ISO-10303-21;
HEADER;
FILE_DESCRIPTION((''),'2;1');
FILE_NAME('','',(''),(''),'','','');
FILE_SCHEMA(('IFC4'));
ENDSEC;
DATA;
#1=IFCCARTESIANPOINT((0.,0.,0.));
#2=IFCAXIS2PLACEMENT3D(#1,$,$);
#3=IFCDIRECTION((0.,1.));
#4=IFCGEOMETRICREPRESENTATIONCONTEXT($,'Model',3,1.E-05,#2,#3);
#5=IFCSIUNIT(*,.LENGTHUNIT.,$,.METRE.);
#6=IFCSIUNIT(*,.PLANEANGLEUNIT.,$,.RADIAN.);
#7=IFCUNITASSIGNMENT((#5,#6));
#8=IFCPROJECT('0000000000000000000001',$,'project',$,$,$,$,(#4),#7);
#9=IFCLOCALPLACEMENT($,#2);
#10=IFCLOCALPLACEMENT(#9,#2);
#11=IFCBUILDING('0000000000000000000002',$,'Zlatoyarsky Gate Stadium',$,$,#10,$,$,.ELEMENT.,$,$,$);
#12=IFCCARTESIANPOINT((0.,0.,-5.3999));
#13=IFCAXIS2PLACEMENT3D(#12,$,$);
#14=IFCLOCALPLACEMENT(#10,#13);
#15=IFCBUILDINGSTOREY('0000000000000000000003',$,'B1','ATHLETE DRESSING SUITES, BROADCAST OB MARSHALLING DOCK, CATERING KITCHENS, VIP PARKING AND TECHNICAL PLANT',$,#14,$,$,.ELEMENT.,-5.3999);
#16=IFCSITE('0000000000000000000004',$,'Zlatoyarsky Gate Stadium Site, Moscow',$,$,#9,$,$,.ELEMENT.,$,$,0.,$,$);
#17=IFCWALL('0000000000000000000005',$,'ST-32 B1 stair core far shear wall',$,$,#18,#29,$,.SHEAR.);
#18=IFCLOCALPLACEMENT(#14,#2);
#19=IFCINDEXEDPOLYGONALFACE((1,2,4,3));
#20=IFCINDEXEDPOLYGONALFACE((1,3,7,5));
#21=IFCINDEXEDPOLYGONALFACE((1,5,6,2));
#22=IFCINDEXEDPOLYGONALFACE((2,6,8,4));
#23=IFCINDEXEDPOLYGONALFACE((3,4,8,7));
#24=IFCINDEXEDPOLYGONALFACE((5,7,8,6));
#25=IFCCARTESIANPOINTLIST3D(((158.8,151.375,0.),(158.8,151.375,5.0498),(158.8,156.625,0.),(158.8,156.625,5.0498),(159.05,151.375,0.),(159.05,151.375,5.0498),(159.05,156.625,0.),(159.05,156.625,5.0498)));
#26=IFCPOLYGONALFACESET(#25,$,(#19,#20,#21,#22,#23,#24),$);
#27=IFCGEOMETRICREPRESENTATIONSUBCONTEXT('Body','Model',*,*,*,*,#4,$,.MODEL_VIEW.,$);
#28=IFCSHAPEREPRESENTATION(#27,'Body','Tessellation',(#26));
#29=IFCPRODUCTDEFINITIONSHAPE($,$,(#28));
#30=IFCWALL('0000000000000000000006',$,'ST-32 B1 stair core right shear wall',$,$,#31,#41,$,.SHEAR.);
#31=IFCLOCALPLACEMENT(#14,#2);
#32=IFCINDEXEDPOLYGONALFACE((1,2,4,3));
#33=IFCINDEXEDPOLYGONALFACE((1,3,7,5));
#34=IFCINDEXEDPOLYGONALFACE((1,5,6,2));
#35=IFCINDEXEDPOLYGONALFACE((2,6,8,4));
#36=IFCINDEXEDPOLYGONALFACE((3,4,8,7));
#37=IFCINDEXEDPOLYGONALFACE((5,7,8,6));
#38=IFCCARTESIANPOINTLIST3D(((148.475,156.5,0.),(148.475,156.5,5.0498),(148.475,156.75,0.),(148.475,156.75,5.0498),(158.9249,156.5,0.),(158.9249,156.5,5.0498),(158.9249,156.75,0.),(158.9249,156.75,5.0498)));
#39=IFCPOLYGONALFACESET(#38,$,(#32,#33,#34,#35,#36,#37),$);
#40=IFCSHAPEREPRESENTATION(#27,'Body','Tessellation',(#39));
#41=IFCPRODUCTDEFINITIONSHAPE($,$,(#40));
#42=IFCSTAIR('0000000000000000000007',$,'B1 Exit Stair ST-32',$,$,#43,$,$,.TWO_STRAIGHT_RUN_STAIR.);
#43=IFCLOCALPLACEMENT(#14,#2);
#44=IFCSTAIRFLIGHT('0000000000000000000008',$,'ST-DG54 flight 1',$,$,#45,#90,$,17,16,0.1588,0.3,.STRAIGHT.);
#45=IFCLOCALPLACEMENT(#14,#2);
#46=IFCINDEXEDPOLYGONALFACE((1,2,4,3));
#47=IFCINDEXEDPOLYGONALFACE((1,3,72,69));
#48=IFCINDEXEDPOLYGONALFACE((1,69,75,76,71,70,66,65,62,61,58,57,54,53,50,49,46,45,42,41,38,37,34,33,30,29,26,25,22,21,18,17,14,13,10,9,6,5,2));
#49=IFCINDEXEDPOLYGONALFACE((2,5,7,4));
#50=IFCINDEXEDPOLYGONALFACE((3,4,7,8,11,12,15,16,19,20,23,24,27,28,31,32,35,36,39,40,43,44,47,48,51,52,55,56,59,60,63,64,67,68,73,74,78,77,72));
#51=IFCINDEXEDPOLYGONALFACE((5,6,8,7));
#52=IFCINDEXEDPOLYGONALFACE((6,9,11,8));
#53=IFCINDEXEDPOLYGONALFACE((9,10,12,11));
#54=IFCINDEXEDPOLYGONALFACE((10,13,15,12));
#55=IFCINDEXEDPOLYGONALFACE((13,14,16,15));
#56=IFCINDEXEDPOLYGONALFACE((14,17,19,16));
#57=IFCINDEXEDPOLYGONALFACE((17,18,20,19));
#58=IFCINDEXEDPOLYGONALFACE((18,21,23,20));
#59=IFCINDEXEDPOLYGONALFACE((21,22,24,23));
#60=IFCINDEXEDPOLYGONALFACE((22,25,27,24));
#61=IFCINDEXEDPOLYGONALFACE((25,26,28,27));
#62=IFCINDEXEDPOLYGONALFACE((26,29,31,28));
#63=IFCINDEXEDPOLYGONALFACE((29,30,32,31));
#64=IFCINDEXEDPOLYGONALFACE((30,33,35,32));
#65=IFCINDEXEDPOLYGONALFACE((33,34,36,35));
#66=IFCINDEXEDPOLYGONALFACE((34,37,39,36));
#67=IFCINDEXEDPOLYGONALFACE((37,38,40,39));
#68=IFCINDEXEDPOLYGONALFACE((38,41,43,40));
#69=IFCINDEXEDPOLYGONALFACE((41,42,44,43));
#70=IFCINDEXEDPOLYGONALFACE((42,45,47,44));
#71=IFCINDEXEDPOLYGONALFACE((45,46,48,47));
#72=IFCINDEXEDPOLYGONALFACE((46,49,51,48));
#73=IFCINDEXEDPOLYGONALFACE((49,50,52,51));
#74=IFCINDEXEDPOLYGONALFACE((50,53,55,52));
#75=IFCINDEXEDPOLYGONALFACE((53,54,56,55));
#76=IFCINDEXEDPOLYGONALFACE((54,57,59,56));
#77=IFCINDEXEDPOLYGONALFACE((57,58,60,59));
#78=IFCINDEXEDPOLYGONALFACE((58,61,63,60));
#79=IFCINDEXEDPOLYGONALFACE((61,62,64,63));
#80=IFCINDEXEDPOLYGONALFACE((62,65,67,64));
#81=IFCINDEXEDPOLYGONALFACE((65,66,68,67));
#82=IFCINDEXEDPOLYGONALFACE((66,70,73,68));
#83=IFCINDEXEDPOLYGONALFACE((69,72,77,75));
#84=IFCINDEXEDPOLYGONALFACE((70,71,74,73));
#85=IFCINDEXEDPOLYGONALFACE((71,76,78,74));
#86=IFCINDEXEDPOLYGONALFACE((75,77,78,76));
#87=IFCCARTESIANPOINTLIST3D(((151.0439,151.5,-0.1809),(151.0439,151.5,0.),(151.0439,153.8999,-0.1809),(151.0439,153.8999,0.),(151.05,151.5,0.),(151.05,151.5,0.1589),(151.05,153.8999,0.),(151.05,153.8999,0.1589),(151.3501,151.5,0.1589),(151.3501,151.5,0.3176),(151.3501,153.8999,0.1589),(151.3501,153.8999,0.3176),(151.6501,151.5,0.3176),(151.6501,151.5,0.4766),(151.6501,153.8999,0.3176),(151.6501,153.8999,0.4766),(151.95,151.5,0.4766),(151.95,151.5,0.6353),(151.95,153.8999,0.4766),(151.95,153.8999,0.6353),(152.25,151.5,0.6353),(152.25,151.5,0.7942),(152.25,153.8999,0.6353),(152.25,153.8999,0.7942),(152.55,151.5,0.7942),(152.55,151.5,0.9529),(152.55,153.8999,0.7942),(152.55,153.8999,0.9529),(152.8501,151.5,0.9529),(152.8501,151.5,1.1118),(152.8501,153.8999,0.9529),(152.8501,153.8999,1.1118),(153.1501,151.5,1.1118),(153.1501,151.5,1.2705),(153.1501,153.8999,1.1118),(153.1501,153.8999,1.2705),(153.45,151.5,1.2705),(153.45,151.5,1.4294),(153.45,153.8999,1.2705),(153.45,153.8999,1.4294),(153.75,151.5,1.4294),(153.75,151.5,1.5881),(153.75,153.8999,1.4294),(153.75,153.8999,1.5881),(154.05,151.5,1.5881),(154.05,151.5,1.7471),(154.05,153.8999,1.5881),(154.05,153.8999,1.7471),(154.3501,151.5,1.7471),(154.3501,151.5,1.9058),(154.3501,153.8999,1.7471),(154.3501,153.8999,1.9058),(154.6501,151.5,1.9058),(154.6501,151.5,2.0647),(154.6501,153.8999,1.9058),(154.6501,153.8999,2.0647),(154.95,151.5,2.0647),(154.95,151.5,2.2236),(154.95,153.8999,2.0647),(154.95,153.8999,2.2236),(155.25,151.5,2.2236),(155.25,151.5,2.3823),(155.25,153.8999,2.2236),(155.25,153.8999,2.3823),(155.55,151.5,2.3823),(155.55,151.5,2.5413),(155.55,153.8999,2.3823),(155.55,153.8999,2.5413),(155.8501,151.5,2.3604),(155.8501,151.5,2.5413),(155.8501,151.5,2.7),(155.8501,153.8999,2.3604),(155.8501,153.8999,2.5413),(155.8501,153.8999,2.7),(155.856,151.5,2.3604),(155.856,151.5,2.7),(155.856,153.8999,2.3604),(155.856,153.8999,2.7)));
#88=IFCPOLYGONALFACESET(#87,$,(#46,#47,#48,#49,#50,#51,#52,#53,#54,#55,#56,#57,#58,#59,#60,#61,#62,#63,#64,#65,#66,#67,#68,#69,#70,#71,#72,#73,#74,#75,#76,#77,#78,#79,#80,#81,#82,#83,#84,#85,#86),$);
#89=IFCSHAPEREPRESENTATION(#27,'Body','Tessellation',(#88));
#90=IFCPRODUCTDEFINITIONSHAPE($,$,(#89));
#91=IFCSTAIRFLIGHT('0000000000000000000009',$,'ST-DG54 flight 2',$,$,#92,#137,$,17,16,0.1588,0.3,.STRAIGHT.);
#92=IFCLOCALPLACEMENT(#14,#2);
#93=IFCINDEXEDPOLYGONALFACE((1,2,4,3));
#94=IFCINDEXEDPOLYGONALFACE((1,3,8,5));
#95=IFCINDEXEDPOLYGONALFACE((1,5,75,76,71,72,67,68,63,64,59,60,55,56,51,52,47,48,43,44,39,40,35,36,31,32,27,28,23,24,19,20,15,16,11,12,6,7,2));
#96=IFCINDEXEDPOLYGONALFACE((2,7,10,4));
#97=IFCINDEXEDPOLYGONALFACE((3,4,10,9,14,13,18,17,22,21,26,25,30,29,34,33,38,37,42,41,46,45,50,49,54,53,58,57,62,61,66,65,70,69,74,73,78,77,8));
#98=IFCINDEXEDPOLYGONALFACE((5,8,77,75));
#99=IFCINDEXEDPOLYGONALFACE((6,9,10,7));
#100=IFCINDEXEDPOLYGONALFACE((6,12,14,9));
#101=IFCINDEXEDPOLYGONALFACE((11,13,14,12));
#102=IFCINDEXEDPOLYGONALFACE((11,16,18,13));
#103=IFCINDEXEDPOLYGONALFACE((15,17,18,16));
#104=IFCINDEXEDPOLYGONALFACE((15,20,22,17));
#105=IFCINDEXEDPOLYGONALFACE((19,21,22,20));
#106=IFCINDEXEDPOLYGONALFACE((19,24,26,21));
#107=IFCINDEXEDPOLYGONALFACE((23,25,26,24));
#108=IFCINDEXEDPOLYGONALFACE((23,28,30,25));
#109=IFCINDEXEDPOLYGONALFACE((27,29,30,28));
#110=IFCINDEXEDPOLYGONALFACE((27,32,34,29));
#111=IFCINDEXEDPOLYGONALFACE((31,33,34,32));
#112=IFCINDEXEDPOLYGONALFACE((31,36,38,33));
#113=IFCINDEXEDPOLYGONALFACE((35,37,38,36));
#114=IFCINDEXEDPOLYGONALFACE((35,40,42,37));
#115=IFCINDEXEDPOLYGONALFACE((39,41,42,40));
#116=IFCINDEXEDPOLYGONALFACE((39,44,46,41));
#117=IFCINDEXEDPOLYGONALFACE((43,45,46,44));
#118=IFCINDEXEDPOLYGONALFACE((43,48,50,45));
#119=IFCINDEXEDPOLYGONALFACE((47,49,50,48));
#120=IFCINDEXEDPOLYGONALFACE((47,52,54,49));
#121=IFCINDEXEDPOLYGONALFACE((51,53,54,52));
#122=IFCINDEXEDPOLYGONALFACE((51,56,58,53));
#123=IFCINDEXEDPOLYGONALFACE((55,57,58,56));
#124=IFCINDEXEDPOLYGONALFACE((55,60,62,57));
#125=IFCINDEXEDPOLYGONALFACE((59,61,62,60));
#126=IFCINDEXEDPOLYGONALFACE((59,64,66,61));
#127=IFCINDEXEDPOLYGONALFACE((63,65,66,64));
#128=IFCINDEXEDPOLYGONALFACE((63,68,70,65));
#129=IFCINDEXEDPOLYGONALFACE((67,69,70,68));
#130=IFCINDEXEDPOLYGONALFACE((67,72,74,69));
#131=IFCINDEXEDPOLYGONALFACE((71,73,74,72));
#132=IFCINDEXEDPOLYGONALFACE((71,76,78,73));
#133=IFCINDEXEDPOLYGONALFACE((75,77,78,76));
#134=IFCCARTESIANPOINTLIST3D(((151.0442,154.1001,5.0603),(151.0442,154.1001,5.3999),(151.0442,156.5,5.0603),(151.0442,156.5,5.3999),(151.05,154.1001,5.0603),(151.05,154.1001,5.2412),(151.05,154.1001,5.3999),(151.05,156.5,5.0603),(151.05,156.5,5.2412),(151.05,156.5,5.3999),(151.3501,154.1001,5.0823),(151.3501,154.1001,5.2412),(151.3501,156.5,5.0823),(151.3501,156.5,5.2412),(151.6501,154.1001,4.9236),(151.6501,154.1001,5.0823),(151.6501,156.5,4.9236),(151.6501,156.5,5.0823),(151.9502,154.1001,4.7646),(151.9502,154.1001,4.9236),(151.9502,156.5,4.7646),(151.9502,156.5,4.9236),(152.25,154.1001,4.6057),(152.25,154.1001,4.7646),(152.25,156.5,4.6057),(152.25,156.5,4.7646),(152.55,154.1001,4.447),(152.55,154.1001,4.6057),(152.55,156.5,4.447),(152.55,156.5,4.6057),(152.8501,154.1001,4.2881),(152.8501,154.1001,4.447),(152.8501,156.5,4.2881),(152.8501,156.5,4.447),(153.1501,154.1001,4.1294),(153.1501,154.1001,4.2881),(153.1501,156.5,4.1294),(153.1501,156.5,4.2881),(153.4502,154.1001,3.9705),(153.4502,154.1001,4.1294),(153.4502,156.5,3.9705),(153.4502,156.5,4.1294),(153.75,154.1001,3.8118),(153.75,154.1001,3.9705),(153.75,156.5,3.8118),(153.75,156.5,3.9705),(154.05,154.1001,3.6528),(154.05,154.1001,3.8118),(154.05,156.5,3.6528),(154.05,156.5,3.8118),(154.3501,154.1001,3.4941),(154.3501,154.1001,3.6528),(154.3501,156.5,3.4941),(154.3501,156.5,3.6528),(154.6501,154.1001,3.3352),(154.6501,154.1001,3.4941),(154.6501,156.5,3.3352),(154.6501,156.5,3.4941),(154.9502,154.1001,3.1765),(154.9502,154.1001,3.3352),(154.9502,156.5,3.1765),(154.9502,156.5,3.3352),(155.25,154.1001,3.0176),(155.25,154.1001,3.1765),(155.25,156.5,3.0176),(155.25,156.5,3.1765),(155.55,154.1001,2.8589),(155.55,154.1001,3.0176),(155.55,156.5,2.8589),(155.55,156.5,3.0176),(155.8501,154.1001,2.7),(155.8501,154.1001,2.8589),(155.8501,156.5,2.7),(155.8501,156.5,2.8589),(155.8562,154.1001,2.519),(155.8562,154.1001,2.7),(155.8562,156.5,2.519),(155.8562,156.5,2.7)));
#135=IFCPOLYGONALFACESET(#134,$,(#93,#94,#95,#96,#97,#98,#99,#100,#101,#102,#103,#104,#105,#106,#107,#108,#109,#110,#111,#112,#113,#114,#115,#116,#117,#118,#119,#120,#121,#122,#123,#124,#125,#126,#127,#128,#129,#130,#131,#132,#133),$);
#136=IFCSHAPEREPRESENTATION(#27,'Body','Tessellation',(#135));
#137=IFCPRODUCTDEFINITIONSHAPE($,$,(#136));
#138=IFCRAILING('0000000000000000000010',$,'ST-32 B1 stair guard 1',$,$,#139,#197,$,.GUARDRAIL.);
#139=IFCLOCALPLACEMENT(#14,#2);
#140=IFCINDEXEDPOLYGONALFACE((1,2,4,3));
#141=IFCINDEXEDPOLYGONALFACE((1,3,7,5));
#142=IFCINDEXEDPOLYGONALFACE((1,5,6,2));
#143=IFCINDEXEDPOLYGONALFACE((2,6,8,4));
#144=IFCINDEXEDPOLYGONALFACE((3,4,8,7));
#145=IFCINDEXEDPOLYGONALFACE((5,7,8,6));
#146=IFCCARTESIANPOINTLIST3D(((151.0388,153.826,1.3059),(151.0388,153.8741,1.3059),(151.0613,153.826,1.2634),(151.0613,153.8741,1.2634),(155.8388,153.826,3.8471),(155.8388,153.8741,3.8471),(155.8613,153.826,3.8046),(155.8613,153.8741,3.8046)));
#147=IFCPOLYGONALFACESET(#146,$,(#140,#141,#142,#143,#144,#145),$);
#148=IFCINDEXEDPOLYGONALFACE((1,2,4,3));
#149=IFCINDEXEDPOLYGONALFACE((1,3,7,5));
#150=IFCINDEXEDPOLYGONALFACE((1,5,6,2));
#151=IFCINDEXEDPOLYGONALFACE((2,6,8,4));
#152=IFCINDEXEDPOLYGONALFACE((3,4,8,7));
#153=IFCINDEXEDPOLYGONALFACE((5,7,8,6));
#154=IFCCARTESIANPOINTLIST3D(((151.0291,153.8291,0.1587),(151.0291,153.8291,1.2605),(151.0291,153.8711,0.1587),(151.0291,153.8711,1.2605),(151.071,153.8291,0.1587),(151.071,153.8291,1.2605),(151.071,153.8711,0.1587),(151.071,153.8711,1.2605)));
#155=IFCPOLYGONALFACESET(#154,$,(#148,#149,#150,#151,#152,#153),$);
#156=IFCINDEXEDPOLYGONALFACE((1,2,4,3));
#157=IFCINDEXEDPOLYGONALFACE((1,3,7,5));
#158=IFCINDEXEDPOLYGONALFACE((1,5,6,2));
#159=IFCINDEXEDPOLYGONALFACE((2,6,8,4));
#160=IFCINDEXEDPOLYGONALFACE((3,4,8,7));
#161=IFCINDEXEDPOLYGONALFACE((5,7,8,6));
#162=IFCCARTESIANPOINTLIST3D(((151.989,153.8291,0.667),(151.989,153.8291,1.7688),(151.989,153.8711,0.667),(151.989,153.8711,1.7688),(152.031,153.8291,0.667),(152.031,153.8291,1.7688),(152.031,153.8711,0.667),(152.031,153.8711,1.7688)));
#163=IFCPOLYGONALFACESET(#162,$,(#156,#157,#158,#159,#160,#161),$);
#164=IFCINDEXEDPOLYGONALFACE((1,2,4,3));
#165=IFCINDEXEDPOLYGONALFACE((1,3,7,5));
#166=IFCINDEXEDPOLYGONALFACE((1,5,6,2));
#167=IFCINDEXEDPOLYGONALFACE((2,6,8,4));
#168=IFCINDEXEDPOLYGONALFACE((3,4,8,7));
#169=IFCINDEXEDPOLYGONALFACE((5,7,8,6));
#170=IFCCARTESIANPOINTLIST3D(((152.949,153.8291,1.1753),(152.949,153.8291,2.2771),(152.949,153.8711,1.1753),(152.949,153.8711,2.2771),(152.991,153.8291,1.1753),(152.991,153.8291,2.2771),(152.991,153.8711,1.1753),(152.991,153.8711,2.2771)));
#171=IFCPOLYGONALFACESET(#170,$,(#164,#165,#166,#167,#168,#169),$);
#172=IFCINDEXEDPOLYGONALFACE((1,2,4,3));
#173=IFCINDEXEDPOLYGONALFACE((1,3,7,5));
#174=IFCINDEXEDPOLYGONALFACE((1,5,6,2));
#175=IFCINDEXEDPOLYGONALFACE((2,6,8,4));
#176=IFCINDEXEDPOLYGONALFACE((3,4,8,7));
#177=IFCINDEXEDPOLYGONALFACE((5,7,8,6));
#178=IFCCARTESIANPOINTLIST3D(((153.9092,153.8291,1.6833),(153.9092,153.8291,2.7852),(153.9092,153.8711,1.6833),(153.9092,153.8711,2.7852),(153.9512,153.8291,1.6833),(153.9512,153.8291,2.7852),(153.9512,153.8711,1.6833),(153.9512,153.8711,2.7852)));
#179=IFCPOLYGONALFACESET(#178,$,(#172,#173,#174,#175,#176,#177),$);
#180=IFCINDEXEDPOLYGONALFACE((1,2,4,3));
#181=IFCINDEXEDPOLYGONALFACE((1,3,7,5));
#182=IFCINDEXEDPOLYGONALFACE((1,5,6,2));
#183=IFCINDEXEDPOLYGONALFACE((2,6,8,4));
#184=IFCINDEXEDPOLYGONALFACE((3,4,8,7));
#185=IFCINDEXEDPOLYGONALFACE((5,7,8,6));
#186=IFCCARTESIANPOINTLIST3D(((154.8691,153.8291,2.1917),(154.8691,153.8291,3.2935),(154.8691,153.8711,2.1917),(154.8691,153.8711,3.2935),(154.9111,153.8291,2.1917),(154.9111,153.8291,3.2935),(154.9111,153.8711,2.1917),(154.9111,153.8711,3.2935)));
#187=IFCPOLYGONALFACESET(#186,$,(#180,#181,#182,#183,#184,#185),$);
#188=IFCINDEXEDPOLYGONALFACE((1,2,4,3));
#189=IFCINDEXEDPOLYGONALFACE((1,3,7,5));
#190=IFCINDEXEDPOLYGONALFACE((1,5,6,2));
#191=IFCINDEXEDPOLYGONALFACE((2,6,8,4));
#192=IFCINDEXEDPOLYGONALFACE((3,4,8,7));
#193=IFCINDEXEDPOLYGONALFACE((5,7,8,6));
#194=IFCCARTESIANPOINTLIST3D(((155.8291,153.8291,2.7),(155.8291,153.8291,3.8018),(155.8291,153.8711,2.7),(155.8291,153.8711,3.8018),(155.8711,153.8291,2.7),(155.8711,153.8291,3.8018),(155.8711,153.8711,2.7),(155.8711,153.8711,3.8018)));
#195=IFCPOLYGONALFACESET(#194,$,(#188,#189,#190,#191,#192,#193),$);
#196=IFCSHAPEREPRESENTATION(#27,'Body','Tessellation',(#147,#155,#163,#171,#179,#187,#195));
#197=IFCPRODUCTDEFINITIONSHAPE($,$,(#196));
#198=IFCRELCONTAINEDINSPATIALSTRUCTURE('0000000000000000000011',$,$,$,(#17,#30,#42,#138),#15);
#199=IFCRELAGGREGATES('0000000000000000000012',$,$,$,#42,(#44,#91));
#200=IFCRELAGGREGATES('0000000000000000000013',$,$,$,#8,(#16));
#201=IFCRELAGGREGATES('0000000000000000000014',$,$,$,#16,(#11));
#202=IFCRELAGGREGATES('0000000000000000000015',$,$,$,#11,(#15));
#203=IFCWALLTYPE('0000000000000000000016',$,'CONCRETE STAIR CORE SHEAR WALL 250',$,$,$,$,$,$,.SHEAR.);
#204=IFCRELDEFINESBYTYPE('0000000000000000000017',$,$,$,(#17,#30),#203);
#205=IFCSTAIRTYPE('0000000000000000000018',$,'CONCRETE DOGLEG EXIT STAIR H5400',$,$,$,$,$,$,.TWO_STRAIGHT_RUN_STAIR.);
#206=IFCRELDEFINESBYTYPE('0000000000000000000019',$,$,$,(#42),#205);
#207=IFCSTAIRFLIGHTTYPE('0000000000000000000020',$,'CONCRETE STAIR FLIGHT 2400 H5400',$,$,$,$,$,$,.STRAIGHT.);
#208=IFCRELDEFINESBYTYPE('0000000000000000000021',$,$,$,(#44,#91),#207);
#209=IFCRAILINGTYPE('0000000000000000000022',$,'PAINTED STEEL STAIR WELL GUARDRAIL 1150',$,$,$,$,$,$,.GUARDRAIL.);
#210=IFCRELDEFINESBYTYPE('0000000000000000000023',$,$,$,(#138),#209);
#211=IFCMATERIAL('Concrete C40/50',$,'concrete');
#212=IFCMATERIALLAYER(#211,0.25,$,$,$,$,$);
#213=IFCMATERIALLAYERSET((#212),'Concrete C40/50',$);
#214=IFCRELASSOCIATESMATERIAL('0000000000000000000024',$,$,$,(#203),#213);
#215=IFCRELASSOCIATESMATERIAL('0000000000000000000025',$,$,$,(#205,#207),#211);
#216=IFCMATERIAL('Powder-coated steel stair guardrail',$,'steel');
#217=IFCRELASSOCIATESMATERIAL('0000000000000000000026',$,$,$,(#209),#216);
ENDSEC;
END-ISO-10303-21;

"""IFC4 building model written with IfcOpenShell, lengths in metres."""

from ifc_helpers import new_model, si_unit, direction, frame, frame_2d, origin, origin_2d, place, context, subcontext, project, spatial, polyline, rectangle, outline, extrude, material, layer, layer_set, type_object, element, aggregate, save


model = new_model("IFC4")

# Units and contexts
model_context = context("Model", 3, precision=1e-05, world=origin(), true_north=direction((0.0, 1.0)))
body_context = subcontext(model_context, "Body", "Model", "MODEL_VIEW")
ifc_project = project(units=[si_unit("LENGTHUNIT", "METRE"), si_unit("PLANEANGLEUNIT", "RADIAN")], contexts=[model_context])

# Site, building, storey
site_placement = place(None, origin())
site = spatial("IfcSite", under=ifc_project, at=site_placement, Name="Zlatoyarsky Gate Stadium Site, Moscow", CompositionType="ELEMENT", RefElevation=0.0)
building_placement = place(site_placement, origin())
building = spatial("IfcBuilding", under=site, at=building_placement, Name="Zlatoyarsky Gate Stadium", CompositionType="ELEMENT")
storey_placement = place(building_placement, frame((0.0, 0.0, -5.3999)))
storey = spatial("IfcBuildingStorey", under=building, at=storey_placement, Name="B1", Description="ATHLETE DRESSING SUITES, BROADCAST OB MARSHALLING DOCK, CATERING KITCHENS, VIP PARKING AND TECHNICAL PLANT", CompositionType="ELEMENT", Elevation=-5.3999)

# Shared definitions
ifc_material_1 = material(Name="Concrete C40/50", Category="concrete")

# Shared definitions
ifc_layer_1 = layer(ifc_material_1, 0.25)
ifc_layer_set_1 = layer_set([ifc_layer_1], Name="Concrete C40/50")
wall_type_1 = type_object("IfcWallType", Name="CONCRETE STAIR CORE SHEAR WALL 250", PredefinedType="SHEAR", material=ifc_layer_set_1)

# Walls
wall_1_placement = place(storey_placement, frame((158.925, 151.375, 0.0), z_axis=(0.0, 0.0, 1.0), x_axis=(0.0, 1.0, 0.0)))
element("IfcWall", 1, at=wall_1_placement, inside=storey, type_object=wall_type_1, Name="ST-32 B1 stair core far shear wall", PredefinedType="SHEAR", context=body_context, shape_type="SweptSolid", body=[
    extrude(rectangle(XDim=5.25, YDim=0.25, at=frame_2d((2.625, 0.0))), origin(), (0.0, 0.0, 1.0), 5.0498),
])
wall_2_placement = place(storey_placement, frame((158.925, 156.625, 0.0), z_axis=(0.0, 0.0, 1.0), x_axis=(-1.0, 0.0, 0.0)))
element("IfcWall", 2, at=wall_2_placement, inside=storey, type_object=wall_type_1, Name="ST-32 B1 stair core right shear wall", PredefinedType="SHEAR", context=body_context, shape_type="SweptSolid", body=[
    extrude(rectangle(XDim=10.45, YDim=0.25, at=frame_2d((5.2251, 0.0))), origin(), (0.0, 0.0, 1.0), 5.0498),
])

# Stair, stair flights
stair_type = type_object("IfcStairType", Name="CONCRETE DOGLEG EXIT STAIR H5400", PredefinedType="TWO_STRAIGHT_RUN_STAIR", material=ifc_material_1)
stair_placement = place(storey_placement, origin())
stair = element("IfcStair", 3, at=stair_placement, inside=storey, type_object=stair_type, Name="B1 Exit Stair ST-32", PredefinedType="TWO_STRAIGHT_RUN_STAIR")
stair_flight_type = type_object("IfcStairFlightType", Name="CONCRETE STAIR FLIGHT 2400 H5400", PredefinedType="STRAIGHT", material=ifc_material_1)
stair_flight_1_placement = place(storey_placement, frame((151.05, 152.7, 0.0), z_axis=(0.0, 0.0, 1.0), x_axis=(1.0, 0.0, 0.0)))
stair_flight_1 = element("IfcStairFlight", 4, at=stair_flight_1_placement, type_object=stair_flight_type, Name="ST-DG54 flight 1", NumberOfRisers=17, NumberOfTreads=16, PredefinedType="STRAIGHT", RiserHeight=0.1588, TreadLength=0.3, context=body_context, shape_type="SweptSolid", body=[
    extrude(outline(polyline([(-0.0061, -0.1809), (-0.0061, 0.0), (0.0, 0.0), (0.0, 0.1589), (0.3, 0.1589), (0.3, 0.3176), (0.6001, 0.3176), (0.6001, 0.4766), (0.8999, 0.4766), (0.8999, 0.6353), (1.2, 0.6353), (1.2, 0.7942), (1.5, 0.7942), (1.5, 0.9529), (1.8, 0.9529), (1.8, 1.1118), (2.1001, 1.1118), (2.1001, 1.2705), (2.3999, 1.2705), (2.3999, 1.4294), (2.7, 1.4294), (2.7, 1.5881), (3.0, 1.5881), (3.0, 1.7471), (3.3, 1.7471), (3.3, 1.9058), (3.6001, 1.9058), (3.6001, 2.0647), (3.8999, 2.0647), (3.8999, 2.2236), (4.2, 2.2236), (4.2, 2.3823), (4.5, 2.3823), (4.5, 2.5413), (4.8, 2.5413), (4.8, 2.7), (4.8059, 2.7), (4.8059, 2.3604), (4.8, 2.3604), (-0.0061, -0.1809)])), frame((0.0, 1.2, 0.0), z_axis=(0.0, -1.0, 0.0), x_axis=(1.0, 0.0, 0.0)), (0.0, 0.0, 1.0), 2.3999),
])
stair_flight_2_placement = place(storey_placement, frame((155.8501, 155.3, 2.7), z_axis=(0.0, 0.0, 1.0), x_axis=(-1.0, 0.0, 0.0)))
stair_flight_2 = element("IfcStairFlight", 5, at=stair_flight_2_placement, type_object=stair_flight_type, Name="ST-DG54 flight 2", NumberOfRisers=17, NumberOfTreads=16, PredefinedType="STRAIGHT", RiserHeight=0.1588, TreadLength=0.3, context=body_context, shape_type="SweptSolid", body=[
    extrude(outline(polyline([(-0.0061, -0.1809), (-0.0061, 0.0), (0.0, 0.0), (0.0, 0.1589), (0.3, 0.1589), (0.3, 0.3176), (0.6001, 0.3176), (0.6001, 0.4766), (0.8999, 0.4766), (0.8999, 0.6353), (1.2, 0.6353), (1.2, 0.7942), (1.5, 0.7942), (1.5, 0.9529), (1.8, 0.9529), (1.8, 1.1118), (2.1001, 1.1118), (2.1001, 1.2705), (2.3999, 1.2705), (2.3999, 1.4294), (2.7, 1.4294), (2.7, 1.5881), (3.0, 1.5881), (3.0, 1.7471), (3.3, 1.7471), (3.3, 1.9058), (3.6001, 1.9058), (3.6001, 2.0647), (3.8999, 2.0647), (3.8999, 2.2236), (4.2, 2.2236), (4.2, 2.3823), (4.5, 2.3823), (4.5, 2.5413), (4.8, 2.5413), (4.8, 2.7), (4.8059, 2.7), (4.8059, 2.3604), (4.8, 2.3604), (-0.0061, -0.1809)])), frame((0.0, 1.2, 0.0), z_axis=(0.0, -1.0, 0.0), x_axis=(1.0, 0.0, 0.0)), (0.0, 0.0, 1.0), 2.3999),
])
aggregate(stair, [stair_flight_1, stair_flight_2])

# Railing
ifc_material_2 = material(Name="Powder-coated steel stair guardrail", Category="steel")
railing_type_1 = type_object("IfcRailingType", Name="PAINTED STEEL STAIR WELL GUARDRAIL 1150", PredefinedType="GUARDRAIL", material=ifc_material_2)
railing_1_placement = place(storey_placement, frame((151.05, 153.8501, 0.1587)))
element("IfcRailing", 6, at=railing_1_placement, inside=storey, type_object=railing_type_1, Name="ST-32 B1 stair guard 1", PredefinedType="GUARDRAIL", context=body_context, shape_type="SweptSolid", body=[
    extrude(rectangle(XDim=0.0481, YDim=0.0481, at=origin_2d()), frame((0.0, 0.0, 1.126), z_axis=(0.883784, 0.0, 0.467896), x_axis=(0.0, 1.0, 0.0)), (0.0, 0.0, 1.0), 5.4312),
    extrude(rectangle(XDim=0.042, YDim=0.042, at=origin_2d()), origin(), (0.0, 0.0, 1.0), 1.1018),
    extrude(rectangle(XDim=0.042, YDim=0.042, at=origin_2d()), frame((0.96, 0.0, 0.5083)), (0.0, 0.0, 1.0), 1.1018),
    extrude(rectangle(XDim=0.042, YDim=0.042, at=origin_2d()), frame((1.9199, 0.0, 1.0166)), (0.0, 0.0, 1.0), 1.1018),
    extrude(rectangle(XDim=0.042, YDim=0.042, at=origin_2d()), frame((2.8801, 0.0, 1.5247)), (0.0, 0.0, 1.0), 1.1018),
    extrude(rectangle(XDim=0.042, YDim=0.042, at=origin_2d()), frame((3.8401, 0.0, 2.033)), (0.0, 0.0, 1.0), 1.1018),
    extrude(rectangle(XDim=0.042, YDim=0.042, at=origin_2d()), frame((4.8, 0.0, 2.5413)), (0.0, 0.0, 1.0), 1.1018),
])

save(model, "model.ifc")
